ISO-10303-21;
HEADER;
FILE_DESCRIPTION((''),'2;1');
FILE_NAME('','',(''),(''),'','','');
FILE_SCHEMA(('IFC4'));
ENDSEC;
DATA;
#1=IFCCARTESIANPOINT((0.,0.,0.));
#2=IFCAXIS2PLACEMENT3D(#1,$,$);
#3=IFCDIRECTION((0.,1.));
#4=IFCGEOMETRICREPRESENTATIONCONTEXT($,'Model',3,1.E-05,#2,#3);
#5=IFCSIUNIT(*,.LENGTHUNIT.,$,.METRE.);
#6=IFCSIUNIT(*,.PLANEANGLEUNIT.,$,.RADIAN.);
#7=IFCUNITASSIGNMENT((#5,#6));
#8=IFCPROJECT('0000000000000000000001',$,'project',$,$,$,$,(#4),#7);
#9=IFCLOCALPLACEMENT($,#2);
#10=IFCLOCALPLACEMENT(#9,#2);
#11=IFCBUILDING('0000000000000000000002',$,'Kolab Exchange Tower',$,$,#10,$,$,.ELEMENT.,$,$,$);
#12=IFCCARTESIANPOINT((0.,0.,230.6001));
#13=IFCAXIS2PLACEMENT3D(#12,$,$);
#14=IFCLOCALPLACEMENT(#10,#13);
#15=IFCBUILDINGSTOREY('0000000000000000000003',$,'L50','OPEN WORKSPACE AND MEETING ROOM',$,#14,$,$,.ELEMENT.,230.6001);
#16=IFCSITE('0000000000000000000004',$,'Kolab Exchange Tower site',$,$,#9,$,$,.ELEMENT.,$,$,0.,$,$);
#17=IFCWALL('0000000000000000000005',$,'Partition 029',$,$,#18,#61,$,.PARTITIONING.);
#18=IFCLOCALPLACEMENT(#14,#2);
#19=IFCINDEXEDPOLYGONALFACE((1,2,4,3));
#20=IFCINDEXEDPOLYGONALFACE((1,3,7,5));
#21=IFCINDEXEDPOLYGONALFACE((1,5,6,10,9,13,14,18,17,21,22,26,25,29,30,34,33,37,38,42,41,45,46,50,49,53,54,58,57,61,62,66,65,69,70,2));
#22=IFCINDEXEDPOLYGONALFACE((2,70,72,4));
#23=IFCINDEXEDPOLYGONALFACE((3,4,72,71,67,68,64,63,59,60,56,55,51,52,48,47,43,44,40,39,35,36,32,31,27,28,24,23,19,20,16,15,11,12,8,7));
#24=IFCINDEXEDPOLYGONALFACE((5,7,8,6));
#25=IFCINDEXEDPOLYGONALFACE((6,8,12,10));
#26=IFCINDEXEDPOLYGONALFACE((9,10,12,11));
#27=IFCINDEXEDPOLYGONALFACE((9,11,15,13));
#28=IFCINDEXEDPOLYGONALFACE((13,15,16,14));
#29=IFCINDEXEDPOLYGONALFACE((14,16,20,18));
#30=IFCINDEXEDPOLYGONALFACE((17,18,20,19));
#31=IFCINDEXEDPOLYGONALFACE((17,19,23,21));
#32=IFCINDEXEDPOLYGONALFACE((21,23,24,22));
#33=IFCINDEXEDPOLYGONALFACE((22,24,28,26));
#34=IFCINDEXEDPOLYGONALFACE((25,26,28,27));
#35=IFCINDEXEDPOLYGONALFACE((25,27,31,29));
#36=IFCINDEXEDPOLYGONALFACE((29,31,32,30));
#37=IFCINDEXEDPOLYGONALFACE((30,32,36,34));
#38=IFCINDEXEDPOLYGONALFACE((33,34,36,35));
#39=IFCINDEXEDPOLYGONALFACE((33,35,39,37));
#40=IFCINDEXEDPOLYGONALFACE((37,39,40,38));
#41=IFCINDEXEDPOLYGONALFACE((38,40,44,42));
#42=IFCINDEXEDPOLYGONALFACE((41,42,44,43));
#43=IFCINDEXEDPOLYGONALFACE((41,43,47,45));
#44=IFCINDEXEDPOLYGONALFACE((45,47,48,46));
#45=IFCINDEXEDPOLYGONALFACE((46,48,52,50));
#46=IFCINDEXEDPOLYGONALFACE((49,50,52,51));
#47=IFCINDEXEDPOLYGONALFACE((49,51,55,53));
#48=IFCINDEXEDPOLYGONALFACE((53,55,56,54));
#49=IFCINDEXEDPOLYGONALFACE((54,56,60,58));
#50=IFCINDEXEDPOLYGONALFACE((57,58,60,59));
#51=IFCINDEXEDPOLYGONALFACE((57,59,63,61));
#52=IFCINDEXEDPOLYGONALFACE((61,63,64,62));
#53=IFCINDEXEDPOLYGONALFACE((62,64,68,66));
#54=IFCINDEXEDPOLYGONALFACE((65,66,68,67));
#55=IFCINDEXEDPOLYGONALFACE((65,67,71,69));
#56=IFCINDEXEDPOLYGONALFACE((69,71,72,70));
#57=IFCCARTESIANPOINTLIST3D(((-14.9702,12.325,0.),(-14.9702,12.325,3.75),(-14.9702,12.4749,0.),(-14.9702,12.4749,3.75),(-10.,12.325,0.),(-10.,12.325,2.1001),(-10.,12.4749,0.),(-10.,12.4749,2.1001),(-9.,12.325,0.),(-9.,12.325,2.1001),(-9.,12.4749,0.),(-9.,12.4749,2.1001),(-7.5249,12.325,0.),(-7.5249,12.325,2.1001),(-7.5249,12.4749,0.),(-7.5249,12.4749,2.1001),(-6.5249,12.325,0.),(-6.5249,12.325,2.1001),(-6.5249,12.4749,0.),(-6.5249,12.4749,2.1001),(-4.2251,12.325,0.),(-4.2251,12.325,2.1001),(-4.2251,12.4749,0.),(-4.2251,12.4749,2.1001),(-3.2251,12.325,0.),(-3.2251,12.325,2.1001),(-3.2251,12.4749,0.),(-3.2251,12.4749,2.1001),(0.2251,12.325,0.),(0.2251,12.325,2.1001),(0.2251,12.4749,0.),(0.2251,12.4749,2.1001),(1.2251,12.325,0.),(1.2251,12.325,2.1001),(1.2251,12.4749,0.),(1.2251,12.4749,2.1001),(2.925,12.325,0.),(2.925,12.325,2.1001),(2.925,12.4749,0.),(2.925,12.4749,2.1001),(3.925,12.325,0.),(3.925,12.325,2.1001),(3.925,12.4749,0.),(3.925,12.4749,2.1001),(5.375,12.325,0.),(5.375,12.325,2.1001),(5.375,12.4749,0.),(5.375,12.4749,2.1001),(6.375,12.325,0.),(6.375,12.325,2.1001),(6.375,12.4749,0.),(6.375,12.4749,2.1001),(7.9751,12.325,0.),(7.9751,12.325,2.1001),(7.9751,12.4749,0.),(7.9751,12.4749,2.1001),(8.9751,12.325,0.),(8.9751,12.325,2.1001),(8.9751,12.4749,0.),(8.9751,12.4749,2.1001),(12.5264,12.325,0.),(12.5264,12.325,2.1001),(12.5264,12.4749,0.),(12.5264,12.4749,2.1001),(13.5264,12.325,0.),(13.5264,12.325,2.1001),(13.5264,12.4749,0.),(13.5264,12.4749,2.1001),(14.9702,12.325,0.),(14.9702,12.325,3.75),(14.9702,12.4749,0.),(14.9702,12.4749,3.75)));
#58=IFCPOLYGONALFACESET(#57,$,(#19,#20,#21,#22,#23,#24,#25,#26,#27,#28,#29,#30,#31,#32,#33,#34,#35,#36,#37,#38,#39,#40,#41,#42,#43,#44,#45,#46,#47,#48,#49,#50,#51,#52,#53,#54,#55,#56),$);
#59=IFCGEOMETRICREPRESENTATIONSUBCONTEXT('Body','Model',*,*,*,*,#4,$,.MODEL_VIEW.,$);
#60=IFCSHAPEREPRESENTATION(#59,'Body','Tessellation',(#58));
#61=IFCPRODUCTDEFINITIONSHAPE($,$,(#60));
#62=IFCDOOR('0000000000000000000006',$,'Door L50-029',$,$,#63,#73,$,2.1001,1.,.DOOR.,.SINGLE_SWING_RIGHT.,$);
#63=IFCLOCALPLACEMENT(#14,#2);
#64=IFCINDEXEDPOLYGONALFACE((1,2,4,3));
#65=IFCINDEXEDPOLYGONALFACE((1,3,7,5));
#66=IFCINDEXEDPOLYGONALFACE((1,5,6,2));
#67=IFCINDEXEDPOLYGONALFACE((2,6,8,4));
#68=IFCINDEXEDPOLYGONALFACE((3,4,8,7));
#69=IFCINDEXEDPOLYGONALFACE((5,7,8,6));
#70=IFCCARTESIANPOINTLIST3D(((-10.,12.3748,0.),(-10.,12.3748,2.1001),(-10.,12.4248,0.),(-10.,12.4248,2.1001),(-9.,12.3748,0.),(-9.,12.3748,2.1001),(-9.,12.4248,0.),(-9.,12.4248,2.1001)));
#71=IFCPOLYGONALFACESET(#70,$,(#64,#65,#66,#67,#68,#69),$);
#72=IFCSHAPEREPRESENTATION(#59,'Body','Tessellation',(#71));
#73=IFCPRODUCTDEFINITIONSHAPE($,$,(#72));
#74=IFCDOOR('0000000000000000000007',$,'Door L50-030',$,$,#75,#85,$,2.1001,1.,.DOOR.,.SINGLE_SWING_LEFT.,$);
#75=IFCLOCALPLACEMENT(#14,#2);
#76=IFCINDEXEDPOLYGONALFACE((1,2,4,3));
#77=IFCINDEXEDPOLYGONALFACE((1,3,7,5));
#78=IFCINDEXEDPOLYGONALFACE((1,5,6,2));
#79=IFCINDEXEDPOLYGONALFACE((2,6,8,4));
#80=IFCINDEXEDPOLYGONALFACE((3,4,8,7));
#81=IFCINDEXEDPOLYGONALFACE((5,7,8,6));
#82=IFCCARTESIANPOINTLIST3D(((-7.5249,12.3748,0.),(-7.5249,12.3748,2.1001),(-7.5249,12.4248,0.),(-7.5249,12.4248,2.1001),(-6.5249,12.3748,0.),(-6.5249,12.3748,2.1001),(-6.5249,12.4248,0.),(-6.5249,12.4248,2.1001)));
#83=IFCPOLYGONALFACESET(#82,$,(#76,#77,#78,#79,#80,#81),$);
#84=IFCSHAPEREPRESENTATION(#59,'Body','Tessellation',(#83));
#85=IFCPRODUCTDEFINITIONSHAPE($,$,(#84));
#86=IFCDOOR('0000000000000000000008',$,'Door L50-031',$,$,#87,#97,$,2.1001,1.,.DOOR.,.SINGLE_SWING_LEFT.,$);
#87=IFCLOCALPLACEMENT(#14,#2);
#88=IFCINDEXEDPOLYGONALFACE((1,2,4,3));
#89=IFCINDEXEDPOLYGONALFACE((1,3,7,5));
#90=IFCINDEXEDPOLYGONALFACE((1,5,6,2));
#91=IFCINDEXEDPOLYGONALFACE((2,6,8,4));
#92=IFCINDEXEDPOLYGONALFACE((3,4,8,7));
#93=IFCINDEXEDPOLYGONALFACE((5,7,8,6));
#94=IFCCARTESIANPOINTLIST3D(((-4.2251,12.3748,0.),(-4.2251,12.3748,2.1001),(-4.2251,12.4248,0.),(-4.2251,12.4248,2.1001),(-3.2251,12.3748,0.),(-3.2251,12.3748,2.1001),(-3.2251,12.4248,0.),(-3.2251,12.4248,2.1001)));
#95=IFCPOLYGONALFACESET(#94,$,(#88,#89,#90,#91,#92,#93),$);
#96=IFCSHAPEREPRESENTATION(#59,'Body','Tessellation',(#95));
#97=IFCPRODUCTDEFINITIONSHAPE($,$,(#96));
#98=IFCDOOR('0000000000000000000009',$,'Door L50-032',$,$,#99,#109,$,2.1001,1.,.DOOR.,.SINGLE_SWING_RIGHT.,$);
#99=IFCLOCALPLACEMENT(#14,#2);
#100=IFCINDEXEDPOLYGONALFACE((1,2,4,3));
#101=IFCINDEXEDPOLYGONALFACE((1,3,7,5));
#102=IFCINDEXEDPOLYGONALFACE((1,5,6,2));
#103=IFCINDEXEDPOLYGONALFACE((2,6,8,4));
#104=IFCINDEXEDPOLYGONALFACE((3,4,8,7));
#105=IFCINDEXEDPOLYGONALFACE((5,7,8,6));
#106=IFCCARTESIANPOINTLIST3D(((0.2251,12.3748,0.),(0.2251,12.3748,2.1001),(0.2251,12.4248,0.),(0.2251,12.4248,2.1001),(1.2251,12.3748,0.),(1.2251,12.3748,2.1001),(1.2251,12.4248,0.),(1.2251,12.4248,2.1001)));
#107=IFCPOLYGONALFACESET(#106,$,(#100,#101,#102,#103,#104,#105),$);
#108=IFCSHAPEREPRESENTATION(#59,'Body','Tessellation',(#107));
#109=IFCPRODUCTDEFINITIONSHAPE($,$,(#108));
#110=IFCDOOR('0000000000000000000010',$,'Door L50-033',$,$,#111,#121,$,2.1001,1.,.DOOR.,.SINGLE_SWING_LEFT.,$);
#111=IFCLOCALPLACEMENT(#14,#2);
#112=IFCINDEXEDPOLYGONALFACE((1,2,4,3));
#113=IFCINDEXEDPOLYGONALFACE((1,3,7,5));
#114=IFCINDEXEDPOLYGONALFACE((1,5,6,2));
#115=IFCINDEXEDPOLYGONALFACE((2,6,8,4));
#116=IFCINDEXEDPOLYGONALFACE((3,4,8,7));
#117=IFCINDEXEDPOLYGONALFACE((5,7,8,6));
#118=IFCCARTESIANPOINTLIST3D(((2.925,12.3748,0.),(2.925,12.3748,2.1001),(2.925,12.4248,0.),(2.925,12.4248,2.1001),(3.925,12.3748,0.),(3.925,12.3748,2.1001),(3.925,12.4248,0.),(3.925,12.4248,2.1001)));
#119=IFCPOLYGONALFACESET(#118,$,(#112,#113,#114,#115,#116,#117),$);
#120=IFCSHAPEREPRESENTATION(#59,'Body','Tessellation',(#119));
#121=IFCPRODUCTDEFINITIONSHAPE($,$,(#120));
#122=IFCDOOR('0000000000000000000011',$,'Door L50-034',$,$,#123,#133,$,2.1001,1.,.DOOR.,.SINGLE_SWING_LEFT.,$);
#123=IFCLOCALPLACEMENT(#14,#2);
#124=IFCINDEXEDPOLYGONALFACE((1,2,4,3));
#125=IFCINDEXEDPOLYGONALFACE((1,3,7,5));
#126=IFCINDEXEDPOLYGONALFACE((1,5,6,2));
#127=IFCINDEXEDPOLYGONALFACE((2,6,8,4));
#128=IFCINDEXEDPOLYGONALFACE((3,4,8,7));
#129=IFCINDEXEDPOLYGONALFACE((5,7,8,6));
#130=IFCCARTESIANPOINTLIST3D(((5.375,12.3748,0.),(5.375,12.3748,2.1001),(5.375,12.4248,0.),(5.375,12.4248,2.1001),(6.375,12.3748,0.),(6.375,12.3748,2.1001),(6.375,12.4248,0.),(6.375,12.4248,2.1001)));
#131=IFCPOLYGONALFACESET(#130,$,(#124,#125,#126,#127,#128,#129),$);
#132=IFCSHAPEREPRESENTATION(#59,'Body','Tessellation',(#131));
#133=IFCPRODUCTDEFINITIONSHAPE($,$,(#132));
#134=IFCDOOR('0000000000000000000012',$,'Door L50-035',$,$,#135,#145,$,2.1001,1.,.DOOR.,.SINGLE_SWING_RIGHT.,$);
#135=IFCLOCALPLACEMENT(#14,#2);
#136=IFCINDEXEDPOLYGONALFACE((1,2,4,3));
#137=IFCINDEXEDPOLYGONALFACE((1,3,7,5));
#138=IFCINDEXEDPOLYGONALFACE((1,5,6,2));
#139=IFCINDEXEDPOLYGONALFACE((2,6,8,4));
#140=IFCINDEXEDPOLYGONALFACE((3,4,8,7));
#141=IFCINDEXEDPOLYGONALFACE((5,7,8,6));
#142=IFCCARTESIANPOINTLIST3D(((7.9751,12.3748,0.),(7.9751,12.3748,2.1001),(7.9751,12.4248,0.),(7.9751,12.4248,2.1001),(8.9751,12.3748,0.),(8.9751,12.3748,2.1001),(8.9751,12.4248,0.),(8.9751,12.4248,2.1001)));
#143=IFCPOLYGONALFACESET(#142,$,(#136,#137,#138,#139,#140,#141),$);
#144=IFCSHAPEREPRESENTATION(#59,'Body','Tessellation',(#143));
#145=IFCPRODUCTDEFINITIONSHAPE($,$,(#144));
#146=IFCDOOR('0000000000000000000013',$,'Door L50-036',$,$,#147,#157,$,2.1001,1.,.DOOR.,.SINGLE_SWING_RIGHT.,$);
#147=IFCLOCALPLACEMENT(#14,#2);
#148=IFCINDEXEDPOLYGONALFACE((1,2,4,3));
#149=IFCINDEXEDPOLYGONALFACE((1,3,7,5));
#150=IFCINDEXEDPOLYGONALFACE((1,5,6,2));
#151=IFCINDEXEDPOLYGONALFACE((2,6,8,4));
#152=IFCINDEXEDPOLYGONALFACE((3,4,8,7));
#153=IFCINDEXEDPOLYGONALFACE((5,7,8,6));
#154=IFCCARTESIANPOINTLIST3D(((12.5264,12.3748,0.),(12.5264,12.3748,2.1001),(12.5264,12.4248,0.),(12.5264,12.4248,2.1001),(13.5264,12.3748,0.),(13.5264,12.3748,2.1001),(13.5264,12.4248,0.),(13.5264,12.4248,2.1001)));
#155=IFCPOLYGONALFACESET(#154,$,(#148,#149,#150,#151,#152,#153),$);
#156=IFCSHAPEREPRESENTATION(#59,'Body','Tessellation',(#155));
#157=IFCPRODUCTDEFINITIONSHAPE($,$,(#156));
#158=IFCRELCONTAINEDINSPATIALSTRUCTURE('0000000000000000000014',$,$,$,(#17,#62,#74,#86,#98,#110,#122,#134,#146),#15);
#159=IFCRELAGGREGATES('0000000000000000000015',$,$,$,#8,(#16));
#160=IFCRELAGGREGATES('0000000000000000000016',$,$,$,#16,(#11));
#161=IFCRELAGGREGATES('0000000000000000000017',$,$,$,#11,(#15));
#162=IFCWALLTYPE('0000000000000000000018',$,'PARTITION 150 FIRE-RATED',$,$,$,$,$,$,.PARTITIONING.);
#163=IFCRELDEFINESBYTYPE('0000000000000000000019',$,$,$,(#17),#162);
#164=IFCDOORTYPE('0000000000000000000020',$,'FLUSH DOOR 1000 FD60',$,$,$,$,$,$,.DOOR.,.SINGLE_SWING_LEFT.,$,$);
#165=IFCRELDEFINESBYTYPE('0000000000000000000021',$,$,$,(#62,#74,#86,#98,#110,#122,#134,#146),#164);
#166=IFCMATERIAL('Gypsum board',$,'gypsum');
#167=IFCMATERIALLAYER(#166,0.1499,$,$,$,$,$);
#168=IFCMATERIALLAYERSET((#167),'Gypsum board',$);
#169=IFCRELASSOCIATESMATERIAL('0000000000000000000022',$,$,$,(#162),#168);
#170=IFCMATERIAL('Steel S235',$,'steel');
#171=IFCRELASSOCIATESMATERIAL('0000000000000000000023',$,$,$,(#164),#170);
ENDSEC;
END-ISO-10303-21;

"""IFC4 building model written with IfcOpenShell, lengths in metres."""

from ifc_helpers import new_model, si_unit, direction, frame, frame_2d, origin, place, context, subcontext, project, spatial, rectangle, extrude, material, layer, layer_set, type_object, element, fill, save


model = new_model("IFC4")

# Units and contexts
model_context = context("Model", 3, precision=1e-05, world=origin(), true_north=direction((0.0, 1.0)))
body_context = subcontext(model_context, "Body", "Model", "MODEL_VIEW")
ifc_project = project(units=[si_unit("LENGTHUNIT", "METRE"), si_unit("PLANEANGLEUNIT", "RADIAN")], contexts=[model_context])

# Site, building, storey
site_placement = place(None, origin())
site = spatial("IfcSite", under=ifc_project, at=site_placement, Name="Kolab Exchange Tower site", CompositionType="ELEMENT", RefElevation=0.0)
building_placement = place(site_placement, origin())
building = spatial("IfcBuilding", under=site, at=building_placement, Name="Kolab Exchange Tower", CompositionType="ELEMENT")
storey_placement = place(building_placement, frame((0.0, 0.0, 230.6001)))
storey = spatial("IfcBuildingStorey", under=building, at=storey_placement, Name="L50", Description="OPEN WORKSPACE AND MEETING ROOM", CompositionType="ELEMENT", Elevation=230.6001)

# Shared definitions
ifc_material_1 = material(Name="Gypsum board", Category="gypsum")
ifc_layer_1 = layer(ifc_material_1, 0.1499)
ifc_layer_set_1 = layer_set([ifc_layer_1], Name="Gypsum board")
wall_type_1 = type_object("IfcWallType", Name="PARTITION 150 FIRE-RATED", PredefinedType="PARTITIONING", material=ifc_layer_set_1)

# Wall, openings, doors
wall_1_placement = place(storey_placement, frame((-14.9702, 12.3999, 0.0), z_axis=(0.0, 0.0, 1.0), x_axis=(1.0, 0.0, 0.0)))
wall_1 = element("IfcWall", 1, at=wall_1_placement, inside=storey, type_object=wall_type_1, Name="Partition 029", PredefinedType="PARTITIONING", context=body_context, shape_type="SweptSolid", body=[
    extrude(rectangle(XDim=29.9404, YDim=0.1499, at=frame_2d((14.9702, 0.0))), origin(), (0.0, 0.0, 1.0), 3.75),
])
opening_1_placement = place(wall_1_placement, frame((4.9702, 0.0, 0.0)))
opening_1 = element("IfcOpeningElement", 2, at=opening_1_placement, cuts=wall_1, PredefinedType="OPENING", context=body_context, shape_type="SweptSolid", body=[
    extrude(rectangle(XDim=1.0, YDim=2.1001, at=frame_2d((0.5, 1.05))), frame((0.0, 0.085, 0.0), z_axis=(0.0, -1.0, 0.0), x_axis=(1.0, 0.0, 0.0)), (0.0, 0.0, 1.0), 0.1699),
])
opening_2_placement = place(wall_1_placement, frame((7.4453, 0.0, 0.0)))
opening_2 = element("IfcOpeningElement", 3, at=opening_2_placement, cuts=wall_1, PredefinedType="OPENING", context=body_context, shape_type="SweptSolid", body=[
    extrude(rectangle(XDim=1.0, YDim=2.1001, at=frame_2d((0.5, 1.05))), frame((0.0, 0.085, 0.0), z_axis=(0.0, -1.0, 0.0), x_axis=(1.0, 0.0, 0.0)), (0.0, 0.0, 1.0), 0.1699),
])
opening_3_placement = place(wall_1_placement, frame((10.7451, 0.0, 0.0)))
opening_3 = element("IfcOpeningElement", 4, at=opening_3_placement, cuts=wall_1, PredefinedType="OPENING", context=body_context, shape_type="SweptSolid", body=[
    extrude(rectangle(XDim=1.0, YDim=2.1001, at=frame_2d((0.5, 1.05))), frame((0.0, 0.085, 0.0), z_axis=(0.0, -1.0, 0.0), x_axis=(1.0, 0.0, 0.0)), (0.0, 0.0, 1.0), 0.1699),
])
opening_4_placement = place(wall_1_placement, frame((15.1953, 0.0, 0.0)))
opening_4 = element("IfcOpeningElement", 5, at=opening_4_placement, cuts=wall_1, PredefinedType="OPENING", context=body_context, shape_type="SweptSolid", body=[
    extrude(rectangle(XDim=1.0, YDim=2.1001, at=frame_2d((0.5, 1.05))), frame((0.0, 0.085, 0.0), z_axis=(0.0, -1.0, 0.0), x_axis=(1.0, 0.0, 0.0)), (0.0, 0.0, 1.0), 0.1699),
])
opening_5_placement = place(wall_1_placement, frame((17.8953, 0.0, 0.0)))
opening_5 = element("IfcOpeningElement", 6, at=opening_5_placement, cuts=wall_1, PredefinedType="OPENING", context=body_context, shape_type="SweptSolid", body=[
    extrude(rectangle(XDim=1.0, YDim=2.1001, at=frame_2d((0.5, 1.05))), frame((0.0, 0.085, 0.0), z_axis=(0.0, -1.0, 0.0), x_axis=(1.0, 0.0, 0.0)), (0.0, 0.0, 1.0), 0.1699),
])
opening_6_placement = place(wall_1_placement, frame((20.3452, 0.0, 0.0)))
opening_6 = element("IfcOpeningElement", 7, at=opening_6_placement, cuts=wall_1, PredefinedType="OPENING", context=body_context, shape_type="SweptSolid", body=[
    extrude(rectangle(XDim=1.0, YDim=2.1001, at=frame_2d((0.5, 1.05))), frame((0.0, 0.085, 0.0), z_axis=(0.0, -1.0, 0.0), x_axis=(1.0, 0.0, 0.0)), (0.0, 0.0, 1.0), 0.1699),
])
opening_7_placement = place(wall_1_placement, frame((22.9453, 0.0, 0.0)))
opening_7 = element("IfcOpeningElement", 8, at=opening_7_placement, cuts=wall_1, PredefinedType="OPENING", context=body_context, shape_type="SweptSolid", body=[
    extrude(rectangle(XDim=1.0, YDim=2.1001, at=frame_2d((0.5, 1.05))), frame((0.0, 0.085, 0.0), z_axis=(0.0, -1.0, 0.0), x_axis=(1.0, 0.0, 0.0)), (0.0, 0.0, 1.0), 0.1699),
])
opening_8_placement = place(wall_1_placement, frame((27.4966, 0.0, 0.0)))
opening_8 = element("IfcOpeningElement", 9, at=opening_8_placement, cuts=wall_1, PredefinedType="OPENING", context=body_context, shape_type="SweptSolid", body=[
    extrude(rectangle(XDim=1.0, YDim=2.1001, at=frame_2d((0.5, 1.05))), frame((0.0, 0.085, 0.0), z_axis=(0.0, -1.0, 0.0), x_axis=(1.0, 0.0, 0.0)), (0.0, 0.0, 1.0), 0.1699),
])
ifc_material_2 = material(Name="Steel S235", Category="steel")
door_type = type_object("IfcDoorType", Name="FLUSH DOOR 1000 FD60", OperationType="SINGLE_SWING_LEFT", PredefinedType="DOOR", material=ifc_material_2)
door_1_placement = place(opening_1_placement, origin())
door_1 = element("IfcDoor", 10, at=door_1_placement, inside=storey, type_object=door_type, Name="Door L50-029", OperationType="SINGLE_SWING_RIGHT", OverallHeight=2.1001, OverallWidth=1.0, PredefinedType="DOOR", context=body_context, shape_type="SweptSolid", body=[
    extrude(rectangle(XDim=1.0, YDim=2.1001, at=frame_2d((0.5, 1.05))), frame((0.0, 0.0249, 0.0), z_axis=(0.0, -1.0, 0.0), x_axis=(1.0, 0.0, 0.0)), (0.0, 0.0, 1.0), 0.05),
])
fill(opening_1, door_1)
door_2_placement = place(opening_2_placement, origin())
door_2 = element("IfcDoor", 11, at=door_2_placement, inside=storey, type_object=door_type, Name="Door L50-030", OperationType="SINGLE_SWING_LEFT", OverallHeight=2.1001, OverallWidth=1.0, PredefinedType="DOOR", context=body_context, shape_type="SweptSolid", body=[
    extrude(rectangle(XDim=1.0, YDim=2.1001, at=frame_2d((0.5, 1.05))), frame((0.0, 0.0249, 0.0), z_axis=(0.0, -1.0, 0.0), x_axis=(1.0, 0.0, 0.0)), (0.0, 0.0, 1.0), 0.05),
])
fill(opening_2, door_2)
door_3_placement = place(opening_3_placement, origin())
door_3 = element("IfcDoor", 12, at=door_3_placement, inside=storey, type_object=door_type, Name="Door L50-031", OperationType="SINGLE_SWING_LEFT", OverallHeight=2.1001, OverallWidth=1.0, PredefinedType="DOOR", context=body_context, shape_type="SweptSolid", body=[
    extrude(rectangle(XDim=1.0, YDim=2.1001, at=frame_2d((0.5, 1.05))), frame((0.0, 0.0249, 0.0), z_axis=(0.0, -1.0, 0.0), x_axis=(1.0, 0.0, 0.0)), (0.0, 0.0, 1.0), 0.05),
])
fill(opening_3, door_3)
door_4_placement = place(opening_4_placement, origin())
door_4 = element("IfcDoor", 13, at=door_4_placement, inside=storey, type_object=door_type, Name="Door L50-032", OperationType="SINGLE_SWING_RIGHT", OverallHeight=2.1001, OverallWidth=1.0, PredefinedType="DOOR", context=body_context, shape_type="SweptSolid", body=[
    extrude(rectangle(XDim=1.0, YDim=2.1001, at=frame_2d((0.5, 1.05))), frame((0.0, 0.0249, 0.0), z_axis=(0.0, -1.0, 0.0), x_axis=(1.0, 0.0, 0.0)), (0.0, 0.0, 1.0), 0.05),
])
fill(opening_4, door_4)
door_5_placement = place(opening_5_placement, origin())
door_5 = element("IfcDoor", 14, at=door_5_placement, inside=storey, type_object=door_type, Name="Door L50-033", OperationType="SINGLE_SWING_LEFT", OverallHeight=2.1001, OverallWidth=1.0, PredefinedType="DOOR", context=body_context, shape_type="SweptSolid", body=[
    extrude(rectangle(XDim=1.0, YDim=2.1001, at=frame_2d((0.5, 1.05))), frame((0.0, 0.0249, 0.0), z_axis=(0.0, -1.0, 0.0), x_axis=(1.0, 0.0, 0.0)), (0.0, 0.0, 1.0), 0.05),
])
fill(opening_5, door_5)
door_6_placement = place(opening_6_placement, origin())
door_6 = element("IfcDoor", 15, at=door_6_placement, inside=storey, type_object=door_type, Name="Door L50-034", OperationType="SINGLE_SWING_LEFT", OverallHeight=2.1001, OverallWidth=1.0, PredefinedType="DOOR", context=body_context, shape_type="SweptSolid", body=[
    extrude(rectangle(XDim=1.0, YDim=2.1001, at=frame_2d((0.5, 1.05))), frame((0.0, 0.0249, 0.0), z_axis=(0.0, -1.0, 0.0), x_axis=(1.0, 0.0, 0.0)), (0.0, 0.0, 1.0), 0.05),
])
fill(opening_6, door_6)
door_7_placement = place(opening_7_placement, origin())
door_7 = element("IfcDoor", 16, at=door_7_placement, inside=storey, type_object=door_type, Name="Door L50-035", OperationType="SINGLE_SWING_RIGHT", OverallHeight=2.1001, OverallWidth=1.0, PredefinedType="DOOR", context=body_context, shape_type="SweptSolid", body=[
    extrude(rectangle(XDim=1.0, YDim=2.1001, at=frame_2d((0.5, 1.05))), frame((0.0, 0.0249, 0.0), z_axis=(0.0, -1.0, 0.0), x_axis=(1.0, 0.0, 0.0)), (0.0, 0.0, 1.0), 0.05),
])
fill(opening_7, door_7)
door_8_placement = place(opening_8_placement, origin())
door_8 = element("IfcDoor", 17, at=door_8_placement, inside=storey, type_object=door_type, Name="Door L50-036", OperationType="SINGLE_SWING_RIGHT", OverallHeight=2.1001, OverallWidth=1.0, PredefinedType="DOOR", context=body_context, shape_type="SweptSolid", body=[
    extrude(rectangle(XDim=1.0, YDim=2.1001, at=frame_2d((0.5, 1.05))), frame((0.0, 0.0249, 0.0), z_axis=(0.0, -1.0, 0.0), x_axis=(1.0, 0.0, 0.0)), (0.0, 0.0, 1.0), 0.05),
])
fill(opening_8, door_8)

save(model, "model.ifc")
